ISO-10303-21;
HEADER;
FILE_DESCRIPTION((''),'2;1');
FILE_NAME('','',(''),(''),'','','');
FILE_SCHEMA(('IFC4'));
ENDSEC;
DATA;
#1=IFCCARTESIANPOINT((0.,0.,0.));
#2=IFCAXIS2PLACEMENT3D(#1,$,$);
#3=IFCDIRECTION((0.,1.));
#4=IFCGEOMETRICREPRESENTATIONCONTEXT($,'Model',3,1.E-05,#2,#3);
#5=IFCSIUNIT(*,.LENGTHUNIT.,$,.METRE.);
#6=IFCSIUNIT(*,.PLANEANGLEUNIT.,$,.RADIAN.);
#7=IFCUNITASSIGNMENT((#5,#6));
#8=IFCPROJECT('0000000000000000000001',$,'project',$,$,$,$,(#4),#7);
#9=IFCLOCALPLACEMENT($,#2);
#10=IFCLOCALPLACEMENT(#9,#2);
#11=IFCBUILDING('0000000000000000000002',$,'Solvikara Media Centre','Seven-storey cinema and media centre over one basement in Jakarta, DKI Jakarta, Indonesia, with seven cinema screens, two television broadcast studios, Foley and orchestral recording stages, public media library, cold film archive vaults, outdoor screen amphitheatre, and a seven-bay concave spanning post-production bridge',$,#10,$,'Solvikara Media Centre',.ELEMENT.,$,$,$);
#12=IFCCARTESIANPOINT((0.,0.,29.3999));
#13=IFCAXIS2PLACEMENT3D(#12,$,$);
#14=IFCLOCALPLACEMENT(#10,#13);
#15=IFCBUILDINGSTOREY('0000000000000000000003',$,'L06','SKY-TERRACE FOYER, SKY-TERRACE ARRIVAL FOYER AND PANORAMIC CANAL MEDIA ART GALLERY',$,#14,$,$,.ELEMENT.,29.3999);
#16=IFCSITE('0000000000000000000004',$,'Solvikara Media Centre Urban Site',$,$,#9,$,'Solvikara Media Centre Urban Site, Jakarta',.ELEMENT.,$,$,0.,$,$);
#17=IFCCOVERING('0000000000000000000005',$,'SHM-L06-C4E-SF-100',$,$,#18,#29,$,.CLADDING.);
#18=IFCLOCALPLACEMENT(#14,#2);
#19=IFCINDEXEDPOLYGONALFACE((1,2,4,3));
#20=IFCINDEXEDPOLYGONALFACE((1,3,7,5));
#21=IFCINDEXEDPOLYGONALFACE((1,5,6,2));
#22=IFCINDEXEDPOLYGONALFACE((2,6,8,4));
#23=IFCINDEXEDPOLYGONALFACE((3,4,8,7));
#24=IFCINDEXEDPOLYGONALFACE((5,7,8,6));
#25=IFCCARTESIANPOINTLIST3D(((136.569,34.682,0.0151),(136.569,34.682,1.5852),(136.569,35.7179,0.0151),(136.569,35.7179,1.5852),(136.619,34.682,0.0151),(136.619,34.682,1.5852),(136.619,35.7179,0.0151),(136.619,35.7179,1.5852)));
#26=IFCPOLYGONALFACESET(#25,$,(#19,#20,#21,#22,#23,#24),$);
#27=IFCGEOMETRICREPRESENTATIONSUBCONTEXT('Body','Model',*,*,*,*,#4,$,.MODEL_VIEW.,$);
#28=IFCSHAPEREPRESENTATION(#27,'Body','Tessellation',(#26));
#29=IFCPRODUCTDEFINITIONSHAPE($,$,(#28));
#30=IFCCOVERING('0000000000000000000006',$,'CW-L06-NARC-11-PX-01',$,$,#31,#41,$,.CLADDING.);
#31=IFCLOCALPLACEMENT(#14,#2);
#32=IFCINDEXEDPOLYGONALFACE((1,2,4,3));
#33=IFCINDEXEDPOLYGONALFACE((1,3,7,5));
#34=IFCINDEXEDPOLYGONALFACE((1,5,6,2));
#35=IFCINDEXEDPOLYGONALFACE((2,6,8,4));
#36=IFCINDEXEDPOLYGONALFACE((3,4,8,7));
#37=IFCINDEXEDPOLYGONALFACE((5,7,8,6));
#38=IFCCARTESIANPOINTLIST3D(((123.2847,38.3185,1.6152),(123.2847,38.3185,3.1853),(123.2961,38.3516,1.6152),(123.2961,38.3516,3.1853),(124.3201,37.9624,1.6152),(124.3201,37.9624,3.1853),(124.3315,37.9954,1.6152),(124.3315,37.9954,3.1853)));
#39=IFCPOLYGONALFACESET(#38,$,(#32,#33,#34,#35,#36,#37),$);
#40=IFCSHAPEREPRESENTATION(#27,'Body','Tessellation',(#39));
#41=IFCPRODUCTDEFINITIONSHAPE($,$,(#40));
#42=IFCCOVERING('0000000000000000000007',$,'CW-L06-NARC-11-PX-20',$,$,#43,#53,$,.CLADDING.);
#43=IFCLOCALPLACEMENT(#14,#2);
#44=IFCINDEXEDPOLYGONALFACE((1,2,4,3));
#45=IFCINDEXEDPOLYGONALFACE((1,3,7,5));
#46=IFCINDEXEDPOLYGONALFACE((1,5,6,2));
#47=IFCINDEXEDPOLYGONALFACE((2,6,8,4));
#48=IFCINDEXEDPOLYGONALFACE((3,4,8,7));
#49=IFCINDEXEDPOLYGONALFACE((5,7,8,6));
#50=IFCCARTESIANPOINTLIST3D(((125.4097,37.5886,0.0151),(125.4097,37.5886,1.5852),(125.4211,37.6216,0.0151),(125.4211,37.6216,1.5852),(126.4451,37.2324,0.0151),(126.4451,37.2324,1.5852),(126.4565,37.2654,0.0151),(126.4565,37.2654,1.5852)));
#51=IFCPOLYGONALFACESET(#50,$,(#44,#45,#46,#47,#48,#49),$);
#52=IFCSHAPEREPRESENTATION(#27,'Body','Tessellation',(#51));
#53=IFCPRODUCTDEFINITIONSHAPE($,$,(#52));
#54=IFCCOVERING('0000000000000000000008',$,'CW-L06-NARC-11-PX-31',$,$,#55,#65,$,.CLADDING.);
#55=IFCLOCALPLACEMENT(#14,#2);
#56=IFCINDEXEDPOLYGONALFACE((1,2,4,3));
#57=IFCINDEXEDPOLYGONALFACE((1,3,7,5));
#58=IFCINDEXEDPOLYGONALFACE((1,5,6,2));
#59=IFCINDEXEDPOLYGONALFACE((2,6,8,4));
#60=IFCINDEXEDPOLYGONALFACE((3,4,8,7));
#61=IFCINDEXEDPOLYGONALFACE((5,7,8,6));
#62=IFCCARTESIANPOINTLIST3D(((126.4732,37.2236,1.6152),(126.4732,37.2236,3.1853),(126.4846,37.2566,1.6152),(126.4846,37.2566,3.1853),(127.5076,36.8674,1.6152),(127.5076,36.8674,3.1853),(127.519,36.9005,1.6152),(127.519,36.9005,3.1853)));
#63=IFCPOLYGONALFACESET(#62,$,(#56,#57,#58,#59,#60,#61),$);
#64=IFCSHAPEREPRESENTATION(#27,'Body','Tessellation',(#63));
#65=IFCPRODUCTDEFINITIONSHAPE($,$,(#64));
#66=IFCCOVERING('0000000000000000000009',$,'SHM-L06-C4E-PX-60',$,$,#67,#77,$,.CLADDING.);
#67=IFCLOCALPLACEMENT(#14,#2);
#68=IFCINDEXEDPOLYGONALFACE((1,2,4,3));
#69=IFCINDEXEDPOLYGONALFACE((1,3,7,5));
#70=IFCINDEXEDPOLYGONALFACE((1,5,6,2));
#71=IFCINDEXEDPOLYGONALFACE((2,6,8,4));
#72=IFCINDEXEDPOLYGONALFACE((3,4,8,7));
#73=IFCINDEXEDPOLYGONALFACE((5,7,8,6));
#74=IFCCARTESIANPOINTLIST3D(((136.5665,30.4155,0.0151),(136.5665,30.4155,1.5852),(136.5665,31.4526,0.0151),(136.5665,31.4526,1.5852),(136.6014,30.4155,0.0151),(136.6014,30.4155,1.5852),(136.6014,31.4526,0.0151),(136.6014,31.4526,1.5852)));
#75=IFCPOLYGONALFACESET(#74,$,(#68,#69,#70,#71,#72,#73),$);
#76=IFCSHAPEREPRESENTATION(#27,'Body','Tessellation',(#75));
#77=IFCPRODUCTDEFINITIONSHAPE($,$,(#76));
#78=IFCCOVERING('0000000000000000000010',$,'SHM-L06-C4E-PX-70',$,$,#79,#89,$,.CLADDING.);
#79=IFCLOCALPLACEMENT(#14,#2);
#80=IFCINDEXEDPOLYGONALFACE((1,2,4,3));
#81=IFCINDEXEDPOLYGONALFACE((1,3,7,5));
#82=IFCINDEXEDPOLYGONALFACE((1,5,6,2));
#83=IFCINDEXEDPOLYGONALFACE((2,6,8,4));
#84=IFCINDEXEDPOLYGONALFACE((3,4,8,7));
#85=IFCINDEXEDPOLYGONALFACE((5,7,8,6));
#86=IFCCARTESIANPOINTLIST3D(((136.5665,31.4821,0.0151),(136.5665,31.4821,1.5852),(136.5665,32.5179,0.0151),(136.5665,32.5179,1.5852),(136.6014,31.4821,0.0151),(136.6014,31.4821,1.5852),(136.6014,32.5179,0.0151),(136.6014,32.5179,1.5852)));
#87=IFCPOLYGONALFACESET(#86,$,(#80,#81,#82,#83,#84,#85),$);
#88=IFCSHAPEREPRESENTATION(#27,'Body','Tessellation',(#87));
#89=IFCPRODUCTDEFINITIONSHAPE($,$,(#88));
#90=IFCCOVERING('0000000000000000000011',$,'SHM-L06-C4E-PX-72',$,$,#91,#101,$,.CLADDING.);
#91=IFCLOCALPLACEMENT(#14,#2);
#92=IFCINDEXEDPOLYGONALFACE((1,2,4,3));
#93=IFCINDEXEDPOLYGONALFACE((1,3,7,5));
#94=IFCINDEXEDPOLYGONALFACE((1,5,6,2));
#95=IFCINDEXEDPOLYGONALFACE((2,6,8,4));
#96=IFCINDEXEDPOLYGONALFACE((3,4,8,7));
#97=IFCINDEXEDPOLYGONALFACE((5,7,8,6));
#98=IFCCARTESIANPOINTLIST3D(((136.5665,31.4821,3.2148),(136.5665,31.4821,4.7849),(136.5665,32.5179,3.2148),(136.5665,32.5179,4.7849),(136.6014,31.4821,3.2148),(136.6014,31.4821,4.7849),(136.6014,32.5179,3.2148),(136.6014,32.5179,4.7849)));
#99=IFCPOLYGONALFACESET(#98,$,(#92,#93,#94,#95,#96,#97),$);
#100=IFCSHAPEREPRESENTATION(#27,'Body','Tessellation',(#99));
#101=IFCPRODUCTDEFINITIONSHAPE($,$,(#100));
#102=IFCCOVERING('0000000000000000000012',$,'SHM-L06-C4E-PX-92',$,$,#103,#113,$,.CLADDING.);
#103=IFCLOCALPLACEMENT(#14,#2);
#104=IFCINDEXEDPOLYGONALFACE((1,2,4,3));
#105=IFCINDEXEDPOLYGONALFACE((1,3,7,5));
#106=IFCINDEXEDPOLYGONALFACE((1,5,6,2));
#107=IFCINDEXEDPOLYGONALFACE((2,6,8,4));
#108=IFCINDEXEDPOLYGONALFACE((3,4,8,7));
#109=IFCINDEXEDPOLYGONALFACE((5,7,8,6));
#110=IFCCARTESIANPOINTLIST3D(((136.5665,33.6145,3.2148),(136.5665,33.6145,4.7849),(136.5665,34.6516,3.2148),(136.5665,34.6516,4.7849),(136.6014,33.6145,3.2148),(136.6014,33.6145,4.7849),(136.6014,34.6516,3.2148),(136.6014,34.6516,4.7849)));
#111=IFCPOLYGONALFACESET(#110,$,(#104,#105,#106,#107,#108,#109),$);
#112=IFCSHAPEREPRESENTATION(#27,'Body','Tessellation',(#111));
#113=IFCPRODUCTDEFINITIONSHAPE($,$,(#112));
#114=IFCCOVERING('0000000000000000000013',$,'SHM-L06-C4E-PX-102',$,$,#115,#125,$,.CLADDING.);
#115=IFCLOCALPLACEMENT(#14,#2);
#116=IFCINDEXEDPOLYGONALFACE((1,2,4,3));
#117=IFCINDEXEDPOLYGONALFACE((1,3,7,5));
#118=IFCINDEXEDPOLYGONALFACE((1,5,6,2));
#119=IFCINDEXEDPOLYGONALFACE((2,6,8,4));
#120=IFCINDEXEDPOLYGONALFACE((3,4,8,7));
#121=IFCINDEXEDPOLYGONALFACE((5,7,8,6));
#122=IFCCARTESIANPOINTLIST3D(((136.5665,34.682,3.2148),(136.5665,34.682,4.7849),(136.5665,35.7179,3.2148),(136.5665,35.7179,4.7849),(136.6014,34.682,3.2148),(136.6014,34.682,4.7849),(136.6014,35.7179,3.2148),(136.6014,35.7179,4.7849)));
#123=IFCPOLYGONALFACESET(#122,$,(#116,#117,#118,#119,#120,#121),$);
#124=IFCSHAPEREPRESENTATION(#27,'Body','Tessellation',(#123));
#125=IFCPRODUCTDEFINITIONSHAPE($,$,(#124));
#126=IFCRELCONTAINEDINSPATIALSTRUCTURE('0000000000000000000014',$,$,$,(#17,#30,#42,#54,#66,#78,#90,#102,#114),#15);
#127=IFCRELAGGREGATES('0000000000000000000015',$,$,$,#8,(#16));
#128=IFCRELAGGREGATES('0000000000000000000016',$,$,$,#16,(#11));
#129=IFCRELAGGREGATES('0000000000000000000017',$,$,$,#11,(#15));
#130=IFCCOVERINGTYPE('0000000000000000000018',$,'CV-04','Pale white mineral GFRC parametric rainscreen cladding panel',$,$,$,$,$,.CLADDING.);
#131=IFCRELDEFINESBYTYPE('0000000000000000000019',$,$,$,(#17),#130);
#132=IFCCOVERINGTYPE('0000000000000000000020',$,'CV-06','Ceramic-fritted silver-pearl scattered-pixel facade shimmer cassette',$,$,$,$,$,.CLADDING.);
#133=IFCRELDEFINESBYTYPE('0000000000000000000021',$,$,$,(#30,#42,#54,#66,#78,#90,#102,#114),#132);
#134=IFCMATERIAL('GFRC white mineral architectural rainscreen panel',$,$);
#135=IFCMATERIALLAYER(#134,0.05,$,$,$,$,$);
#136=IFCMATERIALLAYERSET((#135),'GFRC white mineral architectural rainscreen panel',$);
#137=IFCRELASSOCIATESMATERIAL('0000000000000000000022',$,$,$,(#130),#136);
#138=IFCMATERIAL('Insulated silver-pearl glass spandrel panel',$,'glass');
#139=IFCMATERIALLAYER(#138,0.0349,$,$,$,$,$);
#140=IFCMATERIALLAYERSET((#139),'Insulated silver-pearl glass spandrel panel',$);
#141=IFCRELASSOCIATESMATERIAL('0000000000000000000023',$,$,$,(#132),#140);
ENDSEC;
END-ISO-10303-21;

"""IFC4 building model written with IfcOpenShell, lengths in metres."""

from ifc_helpers import new_model, si_unit, direction, frame, origin, origin_2d, place, context, subcontext, project, spatial, rectangle, extrude, material, layer, layer_set, type_object, element, save


model = new_model("IFC4")

# Units and contexts
model_context = context("Model", 3, precision=1e-05, world=origin(), true_north=direction((0.0, 1.0)))
body_context = subcontext(model_context, "Body", "Model", "MODEL_VIEW")
ifc_project = project(units=[si_unit("LENGTHUNIT", "METRE"), si_unit("PLANEANGLEUNIT", "RADIAN")], contexts=[model_context])

# Site, building, storey
site_placement = place(None, origin())
site = spatial("IfcSite", under=ifc_project, at=site_placement, Name="Solvikara Media Centre Urban Site", LongName="Solvikara Media Centre Urban Site, Jakarta", CompositionType="ELEMENT", RefElevation=0.0)
building_placement = place(site_placement, origin())
building = spatial("IfcBuilding", under=site, at=building_placement, Name="Solvikara Media Centre", Description="Seven-storey cinema and media centre over one basement in Jakarta, DKI Jakarta, Indonesia, with seven cinema screens, two television broadcast studios, Foley and orchestral recording stages, public media library, cold film archive vaults, outdoor screen amphitheatre, and a seven-bay concave spanning post-production bridge", LongName="Solvikara Media Centre", CompositionType="ELEMENT")
storey_placement = place(building_placement, frame((0.0, 0.0, 29.3999)))
storey = spatial("IfcBuildingStorey", under=building, at=storey_placement, Name="L06", Description="SKY-TERRACE FOYER, SKY-TERRACE ARRIVAL FOYER AND PANORAMIC CANAL MEDIA ART GALLERY", CompositionType="ELEMENT", Elevation=29.3999)

# Shared definitions
ifc_material_1 = material(Name="Insulated silver-pearl glass spandrel panel", Category="glass")

# Coverings
ifc_material_2 = material(Name="GFRC white mineral architectural rainscreen panel")
ifc_layer_1 = layer(ifc_material_2, 0.05)
ifc_layer_set_1 = layer_set([ifc_layer_1], Name="GFRC white mineral architectural rainscreen panel")
covering_type_1 = type_object("IfcCoveringType", Name="CV-04", Description="Pale white mineral GFRC parametric rainscreen cladding panel", PredefinedType="CLADDING", material=ifc_layer_set_1)
covering_1_placement = place(storey_placement, frame((136.594, 35.2, 0.0151), z_axis=(0.0, 0.0, 1.0), x_axis=(0.0, 1.0, 0.0)))
element("IfcCovering", 1, at=covering_1_placement, inside=storey, type_object=covering_type_1, Name="SHM-L06-C4E-SF-100", PredefinedType="CLADDING", context=body_context, shape_type="SweptSolid", body=[
    extrude(rectangle(XDim=1.0359, YDim=0.05, at=origin_2d()), origin(), (0.0, 0.0, 1.0), 1.5701),
])
ifc_layer_2 = layer(ifc_material_1, 0.0349)
ifc_layer_set_2 = layer_set([ifc_layer_2], Name="Insulated silver-pearl glass spandrel panel")
covering_type_2 = type_object("IfcCoveringType", Name="CV-06", Description="Ceramic-fritted silver-pearl scattered-pixel facade shimmer cassette", PredefinedType="CLADDING", material=ifc_layer_set_2)
for number, where, z_axis, x_axis, name in (
    (2, (123.8081, 38.157, 1.6152), (0.0, 0.0, 1.0), (0.945626, -0.325255, 0.0), "CW-L06-NARC-11-PX-01"),
    (3, (125.9331, 37.427, 0.0151), (0.0, 0.0, 1.0), (0.945626, -0.325255, 0.0), "CW-L06-NARC-11-PX-20"),
):
    element("IfcCovering", number, at=place(storey_placement, frame(where, z_axis=z_axis, x_axis=x_axis)), inside=storey, type_object=covering_type_2, Name=name, PredefinedType="CLADDING", context=body_context, shape_type="SweptSolid", body=[
        extrude(rectangle(XDim=1.095, YDim=0.0349, at=origin_2d()), origin(), (0.0, 0.0, 1.0), 1.5701),
    ])
covering_2_placement = place(storey_placement, frame((126.9961, 37.062, 1.6152), z_axis=(0.0, 0.0, 1.0), x_axis=(0.94553, -0.325535, 0.0)))
element("IfcCovering", 4, at=covering_2_placement, inside=storey, type_object=covering_type_2, Name="CW-L06-NARC-11-PX-31", PredefinedType="CLADDING", context=body_context, shape_type="SweptSolid", body=[
    extrude(rectangle(XDim=1.094, YDim=0.0349, at=origin_2d()), origin(), (0.0, 0.0, 1.0), 1.5701),
])
covering_3_placement = place(storey_placement, frame((136.584, 30.9341, 0.0151), z_axis=(0.0, 0.0, 1.0), x_axis=(0.0, 1.0, 0.0)))
element("IfcCovering", 5, at=covering_3_placement, inside=storey, type_object=covering_type_2, Name="SHM-L06-C4E-PX-60", PredefinedType="CLADDING", context=body_context, shape_type="SweptSolid", body=[
    extrude(rectangle(XDim=1.0371, YDim=0.0349, at=origin_2d()), origin(), (0.0, 0.0, 1.0), 1.5701),
])
for number, where, z_axis, x_axis, name in (
    (6, (136.584, 32.0, 0.0151), (0.0, 0.0, 1.0), (0.0, 1.0, 0.0), "SHM-L06-C4E-PX-70"),
    (7, (136.584, 32.0, 3.2148), (0.0, 0.0, 1.0), (0.0, 1.0, 0.0), "SHM-L06-C4E-PX-72"),
):
    element("IfcCovering", number, at=place(storey_placement, frame(where, z_axis=z_axis, x_axis=x_axis)), inside=storey, type_object=covering_type_2, Name=name, PredefinedType="CLADDING", context=body_context, shape_type="SweptSolid", body=[
        extrude(rectangle(XDim=1.0359, YDim=0.0349, at=origin_2d()), origin(), (0.0, 0.0, 1.0), 1.5701),
    ])
covering_4_placement = place(storey_placement, frame((136.584, 34.1331, 3.2148), z_axis=(0.0, 0.0, 1.0), x_axis=(0.0, 1.0, 0.0)))
element("IfcCovering", 8, at=covering_4_placement, inside=storey, type_object=covering_type_2, Name="SHM-L06-C4E-PX-92", PredefinedType="CLADDING", context=body_context, shape_type="SweptSolid", body=[
    extrude(rectangle(XDim=1.0371, YDim=0.0349, at=origin_2d()), origin(), (0.0, 0.0, 1.0), 1.5701),
])
covering_5_placement = place(storey_placement, frame((136.584, 35.2, 3.2148), z_axis=(0.0, 0.0, 1.0), x_axis=(0.0, 1.0, 0.0)))
element("IfcCovering", 9, at=covering_5_placement, inside=storey, type_object=covering_type_2, Name="SHM-L06-C4E-PX-102", PredefinedType="CLADDING", context=body_context, shape_type="SweptSolid", body=[
    extrude(rectangle(XDim=1.0359, YDim=0.0349, at=origin_2d()), origin(), (0.0, 0.0, 1.0), 1.5701),
])

save(model, "model.ifc")
